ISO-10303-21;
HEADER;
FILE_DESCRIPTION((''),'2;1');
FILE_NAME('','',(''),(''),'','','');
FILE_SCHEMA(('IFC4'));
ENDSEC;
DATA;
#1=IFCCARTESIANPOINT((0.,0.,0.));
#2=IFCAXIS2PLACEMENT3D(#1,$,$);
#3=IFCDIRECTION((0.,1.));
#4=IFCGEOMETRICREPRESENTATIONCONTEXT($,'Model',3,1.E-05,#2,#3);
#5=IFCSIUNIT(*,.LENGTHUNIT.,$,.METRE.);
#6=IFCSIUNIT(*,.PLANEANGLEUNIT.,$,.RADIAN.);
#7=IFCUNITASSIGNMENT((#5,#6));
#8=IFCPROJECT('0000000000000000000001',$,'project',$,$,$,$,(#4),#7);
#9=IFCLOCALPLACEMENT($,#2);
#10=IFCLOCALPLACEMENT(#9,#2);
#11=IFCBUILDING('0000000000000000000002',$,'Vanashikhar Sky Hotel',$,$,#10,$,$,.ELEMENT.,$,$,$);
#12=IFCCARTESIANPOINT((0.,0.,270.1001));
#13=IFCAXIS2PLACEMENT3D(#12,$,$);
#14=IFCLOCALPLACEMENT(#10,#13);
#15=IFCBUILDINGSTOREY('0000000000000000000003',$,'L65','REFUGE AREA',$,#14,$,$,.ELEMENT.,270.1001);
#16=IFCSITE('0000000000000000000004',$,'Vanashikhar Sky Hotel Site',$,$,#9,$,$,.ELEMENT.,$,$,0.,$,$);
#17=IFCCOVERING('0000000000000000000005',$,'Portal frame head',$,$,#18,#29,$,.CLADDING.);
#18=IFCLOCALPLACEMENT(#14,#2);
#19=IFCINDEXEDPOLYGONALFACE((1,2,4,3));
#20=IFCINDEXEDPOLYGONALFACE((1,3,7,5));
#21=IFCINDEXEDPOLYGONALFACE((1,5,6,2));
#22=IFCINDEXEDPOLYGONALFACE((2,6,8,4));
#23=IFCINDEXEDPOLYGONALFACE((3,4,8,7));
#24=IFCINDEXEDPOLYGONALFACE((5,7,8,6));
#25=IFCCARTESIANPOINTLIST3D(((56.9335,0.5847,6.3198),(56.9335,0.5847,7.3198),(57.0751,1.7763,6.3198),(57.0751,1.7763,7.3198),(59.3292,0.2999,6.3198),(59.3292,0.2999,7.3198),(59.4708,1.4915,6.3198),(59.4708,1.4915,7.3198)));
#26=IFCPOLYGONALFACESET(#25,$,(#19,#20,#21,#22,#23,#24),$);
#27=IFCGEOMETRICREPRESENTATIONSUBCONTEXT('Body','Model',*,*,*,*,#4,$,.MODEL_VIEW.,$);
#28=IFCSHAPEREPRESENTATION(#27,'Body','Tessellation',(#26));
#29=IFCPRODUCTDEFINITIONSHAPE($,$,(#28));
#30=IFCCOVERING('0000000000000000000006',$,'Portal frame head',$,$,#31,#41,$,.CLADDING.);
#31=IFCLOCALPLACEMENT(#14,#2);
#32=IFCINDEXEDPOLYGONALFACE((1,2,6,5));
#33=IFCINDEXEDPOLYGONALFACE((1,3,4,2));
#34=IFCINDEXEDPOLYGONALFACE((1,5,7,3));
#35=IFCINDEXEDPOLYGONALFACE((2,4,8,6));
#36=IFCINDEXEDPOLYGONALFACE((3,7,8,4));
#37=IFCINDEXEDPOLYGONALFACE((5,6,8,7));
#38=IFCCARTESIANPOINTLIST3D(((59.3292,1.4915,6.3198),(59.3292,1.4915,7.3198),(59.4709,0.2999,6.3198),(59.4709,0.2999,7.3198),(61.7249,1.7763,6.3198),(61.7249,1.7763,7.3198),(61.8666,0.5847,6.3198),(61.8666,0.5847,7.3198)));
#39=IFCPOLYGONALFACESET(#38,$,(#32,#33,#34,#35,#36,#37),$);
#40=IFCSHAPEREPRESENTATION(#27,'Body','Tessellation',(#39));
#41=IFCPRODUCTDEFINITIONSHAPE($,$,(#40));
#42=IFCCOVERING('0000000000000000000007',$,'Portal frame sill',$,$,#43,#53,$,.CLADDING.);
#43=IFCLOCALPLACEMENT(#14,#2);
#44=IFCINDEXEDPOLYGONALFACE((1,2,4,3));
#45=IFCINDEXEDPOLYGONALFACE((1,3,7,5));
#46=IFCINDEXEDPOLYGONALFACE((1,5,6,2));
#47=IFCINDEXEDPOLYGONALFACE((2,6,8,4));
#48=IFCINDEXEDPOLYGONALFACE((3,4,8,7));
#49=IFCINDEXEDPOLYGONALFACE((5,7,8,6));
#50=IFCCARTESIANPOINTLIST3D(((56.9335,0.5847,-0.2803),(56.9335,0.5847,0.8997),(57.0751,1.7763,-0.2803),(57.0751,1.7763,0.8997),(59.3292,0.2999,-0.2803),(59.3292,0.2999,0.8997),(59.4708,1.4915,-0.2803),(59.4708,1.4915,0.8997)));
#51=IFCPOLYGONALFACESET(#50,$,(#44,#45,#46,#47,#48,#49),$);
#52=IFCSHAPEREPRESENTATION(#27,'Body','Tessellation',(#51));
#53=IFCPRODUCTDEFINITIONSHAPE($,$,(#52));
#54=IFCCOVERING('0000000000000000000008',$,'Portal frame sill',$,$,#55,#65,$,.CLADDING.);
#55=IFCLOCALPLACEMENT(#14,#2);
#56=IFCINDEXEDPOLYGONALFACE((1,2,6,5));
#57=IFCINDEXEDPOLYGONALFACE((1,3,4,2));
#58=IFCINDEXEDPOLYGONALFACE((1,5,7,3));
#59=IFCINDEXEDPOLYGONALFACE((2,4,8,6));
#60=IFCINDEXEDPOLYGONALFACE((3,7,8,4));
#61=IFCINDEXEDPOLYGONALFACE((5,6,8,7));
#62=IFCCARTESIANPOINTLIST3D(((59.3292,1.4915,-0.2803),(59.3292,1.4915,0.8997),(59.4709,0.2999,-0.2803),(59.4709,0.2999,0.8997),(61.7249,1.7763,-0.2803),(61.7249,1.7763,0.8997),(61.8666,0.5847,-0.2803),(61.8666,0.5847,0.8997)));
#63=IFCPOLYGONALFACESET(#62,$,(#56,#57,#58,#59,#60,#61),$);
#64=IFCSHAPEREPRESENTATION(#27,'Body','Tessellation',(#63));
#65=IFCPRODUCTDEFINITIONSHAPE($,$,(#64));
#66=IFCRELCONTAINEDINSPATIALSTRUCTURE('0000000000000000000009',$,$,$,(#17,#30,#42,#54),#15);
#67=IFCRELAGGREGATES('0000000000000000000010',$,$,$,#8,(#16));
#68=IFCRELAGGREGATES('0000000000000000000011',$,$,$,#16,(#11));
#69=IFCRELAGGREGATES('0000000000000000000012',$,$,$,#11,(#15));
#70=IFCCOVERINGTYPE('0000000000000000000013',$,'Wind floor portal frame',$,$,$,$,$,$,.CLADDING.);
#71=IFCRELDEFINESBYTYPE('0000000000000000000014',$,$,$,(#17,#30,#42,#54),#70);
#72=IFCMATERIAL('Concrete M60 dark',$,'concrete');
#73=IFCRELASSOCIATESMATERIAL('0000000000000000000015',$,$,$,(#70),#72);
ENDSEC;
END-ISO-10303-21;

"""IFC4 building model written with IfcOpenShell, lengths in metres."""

from ifc_helpers import new_model, si_unit, direction, frame, origin, origin_2d, place, context, subcontext, project, spatial, rectangle, extrude, source, transform, mapped, material, type_object, element, save


model = new_model("IFC4")

# Units and contexts
model_context = context("Model", 3, precision=1e-05, world=origin(), true_north=direction((0.0, 1.0)))
body_context = subcontext(model_context, "Body", "Model", "MODEL_VIEW")
ifc_project = project(units=[si_unit("LENGTHUNIT", "METRE"), si_unit("PLANEANGLEUNIT", "RADIAN")], contexts=[model_context])

# Site, building, storey
site_placement = place(None, origin())
site = spatial("IfcSite", under=ifc_project, at=site_placement, Name="Vanashikhar Sky Hotel Site", CompositionType="ELEMENT", RefElevation=0.0)
building_placement = place(site_placement, origin())
building = spatial("IfcBuilding", under=site, at=building_placement, Name="Vanashikhar Sky Hotel", CompositionType="ELEMENT")
storey_placement = place(building_placement, frame((0.0, 0.0, 270.1001)))
storey = spatial("IfcBuildingStorey", under=building, at=storey_placement, Name="L65", Description="REFUGE AREA", CompositionType="ELEMENT", Elevation=270.1001)

# Coverings
ifc_material_1 = material(Name="Concrete M60 dark", Category="concrete")
covering_type = type_object("IfcCoveringType", Name="Wind floor portal frame", PredefinedType="CLADDING", material=ifc_material_1)
shared_shape_1 = source(origin(), body_context, "Body", "SweptSolid", [
    extrude(rectangle(XDim=2.4126, YDim=1.2, at=origin_2d()), origin(), (0.0, 0.0, 1.0), 1.0),
])
for number, where, z_axis, x_axis, name in (
    (1, (58.2021, 1.0381, 6.3198), (0.0, 0.0, 1.0), (0.993009, -0.11804, 0.0), "Portal frame head"),
    (2, (60.5979, 1.0381, 6.3198), (0.0, 0.0, 1.0), (0.993009, 0.11804, 0.0), "Portal frame head"),
):
    element("IfcCovering", number, at=place(storey_placement, frame(where, z_axis=z_axis, x_axis=x_axis)), inside=storey, type_object=covering_type, Name=name, PredefinedType="CLADDING", context=body_context, shape_type="MappedRepresentation", body=[
        mapped(shared_shape_1, transform((0.0, 0.0, 0.0), scale=1.0)),
    ])
shared_shape_2 = source(origin(), body_context, "Body", "SweptSolid", [
    extrude(rectangle(XDim=2.4126, YDim=1.2, at=origin_2d()), origin(), (0.0, 0.0, 1.0), 1.1799),
])
for number, where, z_axis, x_axis, name in (
    (3, (58.2021, 1.0381, -0.2803), (0.0, 0.0, 1.0), (0.993009, -0.11804, 0.0), "Portal frame sill"),
    (4, (60.5979, 1.0381, -0.2803), (0.0, 0.0, 1.0), (0.993009, 0.11804, 0.0), "Portal frame sill"),
):
    element("IfcCovering", number, at=place(storey_placement, frame(where, z_axis=z_axis, x_axis=x_axis)), inside=storey, type_object=covering_type, Name=name, PredefinedType="CLADDING", context=body_context, shape_type="MappedRepresentation", body=[
        mapped(shared_shape_2, transform((0.0, 0.0, 0.0), scale=1.0)),
    ])

save(model, "model.ifc")
